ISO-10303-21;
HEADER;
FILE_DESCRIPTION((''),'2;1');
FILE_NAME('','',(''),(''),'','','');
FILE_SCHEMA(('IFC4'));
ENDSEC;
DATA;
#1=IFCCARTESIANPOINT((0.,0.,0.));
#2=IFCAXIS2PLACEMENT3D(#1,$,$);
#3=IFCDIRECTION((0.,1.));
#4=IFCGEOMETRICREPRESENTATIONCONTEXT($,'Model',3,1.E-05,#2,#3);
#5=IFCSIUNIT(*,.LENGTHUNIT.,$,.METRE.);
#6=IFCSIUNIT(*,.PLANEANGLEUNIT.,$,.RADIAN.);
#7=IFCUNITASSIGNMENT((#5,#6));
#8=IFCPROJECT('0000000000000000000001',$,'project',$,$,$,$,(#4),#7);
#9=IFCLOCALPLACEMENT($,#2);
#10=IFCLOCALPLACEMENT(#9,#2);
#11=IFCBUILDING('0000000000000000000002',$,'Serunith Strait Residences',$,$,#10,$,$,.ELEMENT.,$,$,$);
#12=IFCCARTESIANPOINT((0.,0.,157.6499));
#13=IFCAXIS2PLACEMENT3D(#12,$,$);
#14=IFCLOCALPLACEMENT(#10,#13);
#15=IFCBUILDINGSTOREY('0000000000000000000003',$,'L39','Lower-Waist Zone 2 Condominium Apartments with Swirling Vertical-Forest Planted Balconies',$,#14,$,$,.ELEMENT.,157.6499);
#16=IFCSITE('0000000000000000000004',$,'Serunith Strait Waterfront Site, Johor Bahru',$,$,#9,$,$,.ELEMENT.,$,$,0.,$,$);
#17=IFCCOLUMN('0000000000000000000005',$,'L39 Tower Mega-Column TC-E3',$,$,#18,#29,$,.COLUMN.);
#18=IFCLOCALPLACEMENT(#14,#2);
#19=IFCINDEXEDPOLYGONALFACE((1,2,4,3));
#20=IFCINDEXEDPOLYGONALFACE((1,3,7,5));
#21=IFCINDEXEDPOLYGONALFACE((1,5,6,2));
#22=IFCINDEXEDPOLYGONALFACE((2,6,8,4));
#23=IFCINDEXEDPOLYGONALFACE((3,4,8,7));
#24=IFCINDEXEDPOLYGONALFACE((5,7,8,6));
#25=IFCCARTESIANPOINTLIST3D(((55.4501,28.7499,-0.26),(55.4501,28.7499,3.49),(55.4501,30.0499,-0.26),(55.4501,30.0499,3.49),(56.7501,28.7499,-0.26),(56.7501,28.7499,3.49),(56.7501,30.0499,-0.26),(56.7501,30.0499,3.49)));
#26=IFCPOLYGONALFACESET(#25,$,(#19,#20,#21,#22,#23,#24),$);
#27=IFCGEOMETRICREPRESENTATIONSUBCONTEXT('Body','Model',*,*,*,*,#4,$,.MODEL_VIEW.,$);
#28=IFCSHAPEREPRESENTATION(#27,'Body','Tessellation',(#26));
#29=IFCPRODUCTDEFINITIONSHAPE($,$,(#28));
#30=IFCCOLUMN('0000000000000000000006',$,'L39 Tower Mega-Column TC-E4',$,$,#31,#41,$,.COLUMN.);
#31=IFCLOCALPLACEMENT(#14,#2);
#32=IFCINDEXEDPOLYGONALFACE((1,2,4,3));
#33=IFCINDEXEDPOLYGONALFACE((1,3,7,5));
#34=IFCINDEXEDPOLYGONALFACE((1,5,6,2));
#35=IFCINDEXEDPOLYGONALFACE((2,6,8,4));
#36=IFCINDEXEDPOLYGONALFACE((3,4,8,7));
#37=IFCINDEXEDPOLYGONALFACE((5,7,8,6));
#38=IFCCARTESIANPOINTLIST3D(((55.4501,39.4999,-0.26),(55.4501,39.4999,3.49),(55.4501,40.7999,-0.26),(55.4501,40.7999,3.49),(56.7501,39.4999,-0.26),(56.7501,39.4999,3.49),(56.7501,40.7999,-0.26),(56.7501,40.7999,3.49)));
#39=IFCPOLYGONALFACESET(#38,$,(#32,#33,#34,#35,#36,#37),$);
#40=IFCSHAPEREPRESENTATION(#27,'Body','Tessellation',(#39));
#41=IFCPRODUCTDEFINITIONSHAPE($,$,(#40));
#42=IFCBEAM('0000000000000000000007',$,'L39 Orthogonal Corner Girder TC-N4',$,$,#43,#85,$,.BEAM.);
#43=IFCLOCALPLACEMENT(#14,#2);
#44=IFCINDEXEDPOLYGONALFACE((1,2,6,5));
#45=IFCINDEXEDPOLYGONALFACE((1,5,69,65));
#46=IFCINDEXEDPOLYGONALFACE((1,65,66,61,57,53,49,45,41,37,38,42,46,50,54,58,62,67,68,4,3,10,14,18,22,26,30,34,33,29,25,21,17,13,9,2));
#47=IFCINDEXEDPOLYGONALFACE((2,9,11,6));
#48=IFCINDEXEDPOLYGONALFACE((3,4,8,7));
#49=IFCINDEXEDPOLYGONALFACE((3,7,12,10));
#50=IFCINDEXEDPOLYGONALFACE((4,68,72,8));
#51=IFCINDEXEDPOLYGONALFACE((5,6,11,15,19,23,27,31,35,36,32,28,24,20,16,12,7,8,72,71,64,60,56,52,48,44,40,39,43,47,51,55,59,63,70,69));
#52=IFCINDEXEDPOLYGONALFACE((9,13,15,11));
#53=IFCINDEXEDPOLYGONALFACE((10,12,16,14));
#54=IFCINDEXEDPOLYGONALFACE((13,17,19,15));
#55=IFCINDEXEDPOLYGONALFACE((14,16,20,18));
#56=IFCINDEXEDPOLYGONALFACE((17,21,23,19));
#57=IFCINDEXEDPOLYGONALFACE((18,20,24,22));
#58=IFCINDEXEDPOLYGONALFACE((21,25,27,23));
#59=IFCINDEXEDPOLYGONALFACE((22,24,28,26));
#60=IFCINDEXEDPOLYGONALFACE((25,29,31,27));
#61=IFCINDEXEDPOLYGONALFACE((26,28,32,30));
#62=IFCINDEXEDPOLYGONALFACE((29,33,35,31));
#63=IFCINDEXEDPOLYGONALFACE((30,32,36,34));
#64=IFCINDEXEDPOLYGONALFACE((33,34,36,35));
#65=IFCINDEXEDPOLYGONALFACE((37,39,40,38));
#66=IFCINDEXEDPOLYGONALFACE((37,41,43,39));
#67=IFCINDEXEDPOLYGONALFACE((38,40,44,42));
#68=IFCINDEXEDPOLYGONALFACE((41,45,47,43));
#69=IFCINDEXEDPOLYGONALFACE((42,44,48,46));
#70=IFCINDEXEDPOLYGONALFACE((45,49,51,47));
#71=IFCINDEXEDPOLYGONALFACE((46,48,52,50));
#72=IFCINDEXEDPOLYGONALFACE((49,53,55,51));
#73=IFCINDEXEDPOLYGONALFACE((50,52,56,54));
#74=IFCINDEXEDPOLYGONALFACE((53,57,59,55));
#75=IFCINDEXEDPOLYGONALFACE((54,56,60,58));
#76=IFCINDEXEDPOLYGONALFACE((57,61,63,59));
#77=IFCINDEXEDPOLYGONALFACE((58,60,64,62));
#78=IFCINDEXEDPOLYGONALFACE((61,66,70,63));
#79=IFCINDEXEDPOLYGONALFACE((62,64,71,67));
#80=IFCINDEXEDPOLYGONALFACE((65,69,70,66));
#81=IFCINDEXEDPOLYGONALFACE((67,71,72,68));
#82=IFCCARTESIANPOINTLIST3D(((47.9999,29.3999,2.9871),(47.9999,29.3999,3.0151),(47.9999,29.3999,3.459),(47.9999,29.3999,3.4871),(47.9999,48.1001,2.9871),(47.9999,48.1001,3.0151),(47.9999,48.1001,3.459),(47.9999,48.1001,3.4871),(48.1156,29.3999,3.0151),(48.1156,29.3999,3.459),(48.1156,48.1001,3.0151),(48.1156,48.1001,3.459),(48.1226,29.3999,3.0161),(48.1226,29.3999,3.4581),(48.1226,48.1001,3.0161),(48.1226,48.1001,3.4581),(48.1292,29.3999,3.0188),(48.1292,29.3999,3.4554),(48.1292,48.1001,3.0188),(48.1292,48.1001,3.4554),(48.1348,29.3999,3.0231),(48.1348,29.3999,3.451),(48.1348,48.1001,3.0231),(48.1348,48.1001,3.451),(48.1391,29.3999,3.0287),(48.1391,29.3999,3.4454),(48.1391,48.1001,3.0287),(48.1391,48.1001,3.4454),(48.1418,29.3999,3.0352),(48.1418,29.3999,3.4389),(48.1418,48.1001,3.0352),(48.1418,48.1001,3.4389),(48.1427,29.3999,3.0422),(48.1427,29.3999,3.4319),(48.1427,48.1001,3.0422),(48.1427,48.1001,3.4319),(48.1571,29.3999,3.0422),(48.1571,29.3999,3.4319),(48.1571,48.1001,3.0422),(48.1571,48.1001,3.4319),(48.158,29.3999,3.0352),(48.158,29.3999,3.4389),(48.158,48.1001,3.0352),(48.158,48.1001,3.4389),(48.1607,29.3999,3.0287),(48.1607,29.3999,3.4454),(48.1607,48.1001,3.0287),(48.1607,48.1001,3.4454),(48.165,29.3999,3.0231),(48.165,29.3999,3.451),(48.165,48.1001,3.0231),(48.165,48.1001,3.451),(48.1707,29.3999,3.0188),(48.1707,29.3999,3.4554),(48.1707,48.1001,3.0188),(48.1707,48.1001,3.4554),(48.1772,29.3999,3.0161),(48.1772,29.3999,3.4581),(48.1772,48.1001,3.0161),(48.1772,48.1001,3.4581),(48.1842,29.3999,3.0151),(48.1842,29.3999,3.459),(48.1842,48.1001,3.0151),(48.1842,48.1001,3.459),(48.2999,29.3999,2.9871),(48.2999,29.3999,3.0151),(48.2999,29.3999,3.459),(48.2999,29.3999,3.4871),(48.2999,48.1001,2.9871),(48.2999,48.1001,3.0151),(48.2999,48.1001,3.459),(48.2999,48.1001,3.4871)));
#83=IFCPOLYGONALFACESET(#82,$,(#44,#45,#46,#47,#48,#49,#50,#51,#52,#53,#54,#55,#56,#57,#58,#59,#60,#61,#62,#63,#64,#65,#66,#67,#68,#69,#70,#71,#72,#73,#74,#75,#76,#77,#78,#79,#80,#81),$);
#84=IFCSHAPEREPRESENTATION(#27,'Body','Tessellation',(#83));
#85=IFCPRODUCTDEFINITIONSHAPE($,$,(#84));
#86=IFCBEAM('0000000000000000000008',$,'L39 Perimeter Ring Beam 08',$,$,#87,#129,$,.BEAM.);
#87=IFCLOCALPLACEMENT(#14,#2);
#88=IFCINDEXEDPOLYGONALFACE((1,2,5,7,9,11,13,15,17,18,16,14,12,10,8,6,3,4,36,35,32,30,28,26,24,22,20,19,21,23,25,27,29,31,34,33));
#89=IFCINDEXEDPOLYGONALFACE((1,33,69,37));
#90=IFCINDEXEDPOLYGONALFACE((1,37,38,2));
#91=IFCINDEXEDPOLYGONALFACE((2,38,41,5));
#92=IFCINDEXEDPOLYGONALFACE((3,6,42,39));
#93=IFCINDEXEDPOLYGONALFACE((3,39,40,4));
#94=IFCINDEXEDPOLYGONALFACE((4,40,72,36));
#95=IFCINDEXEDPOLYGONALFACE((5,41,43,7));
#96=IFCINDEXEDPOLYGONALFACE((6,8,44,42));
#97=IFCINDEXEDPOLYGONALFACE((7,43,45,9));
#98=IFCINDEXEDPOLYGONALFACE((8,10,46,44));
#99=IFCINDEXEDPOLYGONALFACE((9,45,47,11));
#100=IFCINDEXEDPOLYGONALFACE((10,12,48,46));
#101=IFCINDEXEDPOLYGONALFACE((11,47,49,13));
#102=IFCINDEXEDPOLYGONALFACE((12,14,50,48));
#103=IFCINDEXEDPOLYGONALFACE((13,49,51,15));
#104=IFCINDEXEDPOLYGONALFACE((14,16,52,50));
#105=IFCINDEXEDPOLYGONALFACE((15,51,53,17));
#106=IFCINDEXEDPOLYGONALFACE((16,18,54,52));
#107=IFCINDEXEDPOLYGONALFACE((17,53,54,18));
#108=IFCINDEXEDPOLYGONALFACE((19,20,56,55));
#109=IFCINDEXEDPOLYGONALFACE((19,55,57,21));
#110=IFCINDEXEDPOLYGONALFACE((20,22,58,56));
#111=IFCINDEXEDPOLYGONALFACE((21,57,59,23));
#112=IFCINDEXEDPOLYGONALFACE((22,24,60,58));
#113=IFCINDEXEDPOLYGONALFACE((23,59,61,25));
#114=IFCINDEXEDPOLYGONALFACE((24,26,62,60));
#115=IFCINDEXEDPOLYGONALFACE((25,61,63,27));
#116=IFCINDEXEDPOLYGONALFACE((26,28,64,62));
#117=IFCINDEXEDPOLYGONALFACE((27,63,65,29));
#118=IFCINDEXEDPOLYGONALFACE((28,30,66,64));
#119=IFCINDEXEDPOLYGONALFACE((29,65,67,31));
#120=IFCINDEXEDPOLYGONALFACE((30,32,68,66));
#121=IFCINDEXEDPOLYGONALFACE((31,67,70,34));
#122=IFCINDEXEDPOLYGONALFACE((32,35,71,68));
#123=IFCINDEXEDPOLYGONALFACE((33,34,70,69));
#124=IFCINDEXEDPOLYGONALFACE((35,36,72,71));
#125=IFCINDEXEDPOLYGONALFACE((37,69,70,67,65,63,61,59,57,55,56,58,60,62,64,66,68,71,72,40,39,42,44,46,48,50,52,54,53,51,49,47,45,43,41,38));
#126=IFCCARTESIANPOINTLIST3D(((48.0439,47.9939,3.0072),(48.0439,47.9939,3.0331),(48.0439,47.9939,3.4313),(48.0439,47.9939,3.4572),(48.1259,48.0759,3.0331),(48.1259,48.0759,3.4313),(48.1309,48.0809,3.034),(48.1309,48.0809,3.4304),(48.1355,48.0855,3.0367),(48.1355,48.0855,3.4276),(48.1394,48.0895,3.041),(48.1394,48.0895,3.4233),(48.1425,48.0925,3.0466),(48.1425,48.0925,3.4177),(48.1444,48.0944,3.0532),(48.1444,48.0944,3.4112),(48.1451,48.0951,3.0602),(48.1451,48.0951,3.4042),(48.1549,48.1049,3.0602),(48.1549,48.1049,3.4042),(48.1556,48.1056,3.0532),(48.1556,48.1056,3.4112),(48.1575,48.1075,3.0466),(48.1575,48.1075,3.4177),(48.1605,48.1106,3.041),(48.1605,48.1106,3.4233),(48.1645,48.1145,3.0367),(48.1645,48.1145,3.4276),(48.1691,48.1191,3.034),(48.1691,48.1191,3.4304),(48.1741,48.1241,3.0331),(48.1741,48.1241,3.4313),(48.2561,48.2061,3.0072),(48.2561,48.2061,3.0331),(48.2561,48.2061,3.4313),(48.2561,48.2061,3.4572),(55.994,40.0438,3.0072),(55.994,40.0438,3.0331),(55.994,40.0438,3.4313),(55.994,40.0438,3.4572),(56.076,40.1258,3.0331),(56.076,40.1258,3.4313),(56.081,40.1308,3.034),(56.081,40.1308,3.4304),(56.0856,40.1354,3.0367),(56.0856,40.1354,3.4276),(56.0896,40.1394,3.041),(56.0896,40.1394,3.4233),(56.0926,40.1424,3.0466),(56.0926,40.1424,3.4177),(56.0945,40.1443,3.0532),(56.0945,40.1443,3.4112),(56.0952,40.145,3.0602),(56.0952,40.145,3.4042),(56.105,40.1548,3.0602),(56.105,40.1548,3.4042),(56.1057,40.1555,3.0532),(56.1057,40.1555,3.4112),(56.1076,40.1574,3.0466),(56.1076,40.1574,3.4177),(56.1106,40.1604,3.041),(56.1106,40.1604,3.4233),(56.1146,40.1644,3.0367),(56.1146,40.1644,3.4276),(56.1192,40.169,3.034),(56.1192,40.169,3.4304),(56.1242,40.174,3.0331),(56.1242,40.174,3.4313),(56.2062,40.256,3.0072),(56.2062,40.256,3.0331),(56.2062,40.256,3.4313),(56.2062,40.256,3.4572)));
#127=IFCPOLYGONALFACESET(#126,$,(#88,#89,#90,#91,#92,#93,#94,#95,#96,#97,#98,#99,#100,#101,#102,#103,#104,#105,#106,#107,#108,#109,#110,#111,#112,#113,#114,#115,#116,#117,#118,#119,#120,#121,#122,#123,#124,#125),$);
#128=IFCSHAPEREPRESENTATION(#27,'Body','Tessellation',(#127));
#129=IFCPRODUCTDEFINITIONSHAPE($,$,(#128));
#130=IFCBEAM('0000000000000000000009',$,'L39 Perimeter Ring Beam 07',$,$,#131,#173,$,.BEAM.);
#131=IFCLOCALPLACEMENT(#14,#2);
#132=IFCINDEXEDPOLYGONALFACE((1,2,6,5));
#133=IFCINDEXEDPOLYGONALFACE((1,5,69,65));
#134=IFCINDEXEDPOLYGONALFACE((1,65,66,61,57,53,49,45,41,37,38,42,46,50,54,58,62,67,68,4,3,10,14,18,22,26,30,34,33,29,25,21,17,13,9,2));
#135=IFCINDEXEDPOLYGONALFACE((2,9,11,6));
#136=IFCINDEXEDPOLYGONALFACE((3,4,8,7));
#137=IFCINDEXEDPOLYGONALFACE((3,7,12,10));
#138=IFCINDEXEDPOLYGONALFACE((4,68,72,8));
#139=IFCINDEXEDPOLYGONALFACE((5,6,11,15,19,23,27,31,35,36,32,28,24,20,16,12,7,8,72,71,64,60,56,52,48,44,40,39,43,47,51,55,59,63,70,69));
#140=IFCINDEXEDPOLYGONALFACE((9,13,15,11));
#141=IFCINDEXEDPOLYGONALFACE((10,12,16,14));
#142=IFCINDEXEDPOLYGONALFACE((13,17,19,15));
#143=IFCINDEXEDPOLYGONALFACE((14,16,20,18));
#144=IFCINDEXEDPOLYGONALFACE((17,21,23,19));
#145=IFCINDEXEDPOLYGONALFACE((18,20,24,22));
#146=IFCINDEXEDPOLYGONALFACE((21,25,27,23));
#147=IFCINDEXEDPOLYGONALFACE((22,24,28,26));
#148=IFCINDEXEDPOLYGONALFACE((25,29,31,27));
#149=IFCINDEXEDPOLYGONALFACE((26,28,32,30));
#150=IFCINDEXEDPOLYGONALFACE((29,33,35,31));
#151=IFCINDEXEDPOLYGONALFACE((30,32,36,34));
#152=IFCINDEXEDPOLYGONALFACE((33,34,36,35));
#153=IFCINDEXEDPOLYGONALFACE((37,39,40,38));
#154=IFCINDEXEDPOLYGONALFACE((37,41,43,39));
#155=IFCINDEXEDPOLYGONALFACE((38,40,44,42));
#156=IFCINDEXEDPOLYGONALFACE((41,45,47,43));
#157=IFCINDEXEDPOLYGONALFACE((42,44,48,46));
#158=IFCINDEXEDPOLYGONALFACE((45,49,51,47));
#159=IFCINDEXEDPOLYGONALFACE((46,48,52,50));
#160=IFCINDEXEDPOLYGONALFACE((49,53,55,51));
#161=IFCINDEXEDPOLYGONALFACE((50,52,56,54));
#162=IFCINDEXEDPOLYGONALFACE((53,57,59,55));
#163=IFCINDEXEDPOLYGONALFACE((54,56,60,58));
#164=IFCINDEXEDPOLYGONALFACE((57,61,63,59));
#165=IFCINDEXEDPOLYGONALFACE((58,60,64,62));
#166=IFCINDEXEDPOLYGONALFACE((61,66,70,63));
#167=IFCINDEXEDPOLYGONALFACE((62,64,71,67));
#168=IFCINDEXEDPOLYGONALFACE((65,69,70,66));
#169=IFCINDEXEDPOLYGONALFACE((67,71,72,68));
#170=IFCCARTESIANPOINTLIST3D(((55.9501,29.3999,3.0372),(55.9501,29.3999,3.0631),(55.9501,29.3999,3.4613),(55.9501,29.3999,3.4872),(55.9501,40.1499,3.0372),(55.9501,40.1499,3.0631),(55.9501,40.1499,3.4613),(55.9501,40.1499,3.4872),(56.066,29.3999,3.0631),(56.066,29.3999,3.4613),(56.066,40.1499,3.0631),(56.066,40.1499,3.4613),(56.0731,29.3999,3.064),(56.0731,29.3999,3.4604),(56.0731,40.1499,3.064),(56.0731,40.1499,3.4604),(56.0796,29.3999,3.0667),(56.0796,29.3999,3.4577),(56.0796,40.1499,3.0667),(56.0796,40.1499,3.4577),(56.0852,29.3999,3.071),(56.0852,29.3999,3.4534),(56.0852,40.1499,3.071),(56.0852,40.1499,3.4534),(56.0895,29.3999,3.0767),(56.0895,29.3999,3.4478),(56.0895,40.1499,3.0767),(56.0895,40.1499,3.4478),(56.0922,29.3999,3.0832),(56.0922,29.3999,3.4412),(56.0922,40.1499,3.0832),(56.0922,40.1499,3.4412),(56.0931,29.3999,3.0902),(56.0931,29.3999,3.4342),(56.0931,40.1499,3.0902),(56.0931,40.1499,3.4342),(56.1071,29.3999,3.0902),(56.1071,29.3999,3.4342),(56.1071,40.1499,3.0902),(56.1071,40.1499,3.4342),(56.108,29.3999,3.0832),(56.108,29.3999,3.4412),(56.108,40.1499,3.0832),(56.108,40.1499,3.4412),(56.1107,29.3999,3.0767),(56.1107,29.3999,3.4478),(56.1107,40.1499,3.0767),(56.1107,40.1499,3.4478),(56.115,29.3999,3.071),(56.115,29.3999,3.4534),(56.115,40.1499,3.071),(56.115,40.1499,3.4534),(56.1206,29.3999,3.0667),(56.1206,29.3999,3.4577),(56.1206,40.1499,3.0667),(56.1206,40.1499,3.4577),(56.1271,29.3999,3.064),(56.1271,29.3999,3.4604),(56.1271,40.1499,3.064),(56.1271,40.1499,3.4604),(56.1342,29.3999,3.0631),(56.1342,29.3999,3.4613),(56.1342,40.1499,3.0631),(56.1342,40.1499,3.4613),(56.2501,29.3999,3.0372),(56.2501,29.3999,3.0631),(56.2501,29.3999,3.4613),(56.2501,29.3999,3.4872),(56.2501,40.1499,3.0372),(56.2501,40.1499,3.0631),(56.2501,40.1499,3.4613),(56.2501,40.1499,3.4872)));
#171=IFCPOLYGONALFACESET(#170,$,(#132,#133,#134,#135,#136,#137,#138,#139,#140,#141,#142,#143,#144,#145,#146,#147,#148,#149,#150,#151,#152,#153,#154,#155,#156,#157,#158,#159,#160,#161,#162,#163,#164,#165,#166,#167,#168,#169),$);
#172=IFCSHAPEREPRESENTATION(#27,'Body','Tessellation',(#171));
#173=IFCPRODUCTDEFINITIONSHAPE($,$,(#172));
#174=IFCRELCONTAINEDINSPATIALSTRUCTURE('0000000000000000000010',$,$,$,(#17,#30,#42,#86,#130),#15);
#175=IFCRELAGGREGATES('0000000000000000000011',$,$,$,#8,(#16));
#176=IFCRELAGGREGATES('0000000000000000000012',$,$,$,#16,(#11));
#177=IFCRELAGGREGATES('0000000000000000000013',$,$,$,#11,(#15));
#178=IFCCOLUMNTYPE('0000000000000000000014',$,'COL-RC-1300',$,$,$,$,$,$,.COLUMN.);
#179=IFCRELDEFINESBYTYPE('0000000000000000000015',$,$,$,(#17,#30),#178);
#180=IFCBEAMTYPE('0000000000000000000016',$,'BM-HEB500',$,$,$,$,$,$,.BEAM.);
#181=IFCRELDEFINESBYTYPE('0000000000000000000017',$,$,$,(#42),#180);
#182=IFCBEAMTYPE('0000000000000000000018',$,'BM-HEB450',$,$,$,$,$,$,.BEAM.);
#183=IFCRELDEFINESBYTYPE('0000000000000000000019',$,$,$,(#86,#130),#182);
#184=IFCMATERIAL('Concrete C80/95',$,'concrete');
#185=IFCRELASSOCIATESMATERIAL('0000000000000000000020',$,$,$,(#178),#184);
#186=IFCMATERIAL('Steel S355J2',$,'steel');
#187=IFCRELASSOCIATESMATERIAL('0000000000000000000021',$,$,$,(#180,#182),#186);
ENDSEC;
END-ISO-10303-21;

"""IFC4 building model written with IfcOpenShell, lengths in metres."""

from ifc_helpers import new_model, si_unit, direction, frame, origin, origin_2d, place, context, subcontext, project, spatial, rectangle, i_section, extrude, source, transform, mapped, material, material_profile, profile_set, type_object, element, save


model = new_model("IFC4")

# Units and contexts
model_context = context("Model", 3, precision=1e-05, world=origin(), true_north=direction((0.0, 1.0)))
body_context = subcontext(model_context, "Body", "Model", "MODEL_VIEW")
ifc_project = project(units=[si_unit("LENGTHUNIT", "METRE"), si_unit("PLANEANGLEUNIT", "RADIAN")], contexts=[model_context])

# Site, building, storey
site_placement = place(None, origin())
site = spatial("IfcSite", under=ifc_project, at=site_placement, Name="Serunith Strait Waterfront Site, Johor Bahru", CompositionType="ELEMENT", RefElevation=0.0)
building_placement = place(site_placement, origin())
building = spatial("IfcBuilding", under=site, at=building_placement, Name="Serunith Strait Residences", CompositionType="ELEMENT")
storey_placement = place(building_placement, frame((0.0, 0.0, 157.6499)))
storey = spatial("IfcBuildingStorey", under=building, at=storey_placement, Name="L39", Description="Lower-Waist Zone 2 Condominium Apartments with Swirling Vertical-Forest Planted Balconies", CompositionType="ELEMENT", Elevation=157.6499)

# Columns
ifc_material_1 = material(Name="Concrete C80/95", Category="concrete")
ifc_material_profile_1 = material_profile(ifc_material_1, rectangle(XDim=1.3, YDim=1.3, at=origin_2d()), Name="RC 1300x1300")
ifc_profile_set_1 = profile_set([ifc_material_profile_1], Name="Concrete C80/95")
column_type = type_object("IfcColumnType", Name="COL-RC-1300", PredefinedType="COLUMN", material=ifc_profile_set_1)
shared_shape_1 = source(origin(), body_context, "Body", "SweptSolid", [
    extrude(rectangle(XDim=1.3, YDim=1.3, at=origin_2d()), origin(), (0.0, 0.0, 1.0), 3.75),
])
for number, where, z_axis, x_axis, name in (
    (1, (56.1001, 29.3999, -0.26), (0.0, 0.0, 1.0), (1.0, 0.0, 0.0), "L39 Tower Mega-Column TC-E3"),
    (2, (56.1001, 40.1499, -0.26), (0.0, 0.0, 1.0), (1.0, 0.0, 0.0), "L39 Tower Mega-Column TC-E4"),
):
    element("IfcColumn", number, at=place(storey_placement, frame(where, z_axis=z_axis, x_axis=x_axis)), inside=storey, type_object=column_type, Name=name, PredefinedType="COLUMN", context=body_context, shape_type="MappedRepresentation", body=[
        mapped(shared_shape_1, transform((0.0, 0.0, 0.0), scale=1.0)),
    ])

# Beams
ifc_material_2 = material(Name="Steel S355J2", Category="steel")
ifc_material_profile_2 = material_profile(ifc_material_2, i_section(OverallWidth=0.3, OverallDepth=0.5, WebThickness=0.0144, FlangeThickness=0.0281, FilletRadius=0.0271, at=origin_2d()), Name="HEB 500")
ifc_profile_set_2 = profile_set([ifc_material_profile_2], Name="Steel S355J2")
beam_type_1 = type_object("IfcBeamType", Name="BM-HEB500", PredefinedType="BEAM", material=ifc_profile_set_2)
shared_shape_2 = source(origin(), body_context, "Body", "SweptSolid", [
    extrude(i_section(OverallWidth=0.3, OverallDepth=0.5, WebThickness=0.0144, FlangeThickness=0.0281, FilletRadius=0.0271, at=origin_2d()), origin(), (0.0, 0.0, 1.0), 18.7002),
])
beam_1_placement = place(storey_placement, frame((48.1499, 29.3999, 3.2371), z_axis=(0.0, 1.0, 0.0), x_axis=(-1.0, 0.0, 0.0)))
element("IfcBeam", 3, at=beam_1_placement, inside=storey, type_object=beam_type_1, Name="L39 Orthogonal Corner Girder TC-N4", PredefinedType="BEAM", context=body_context, shape_type="MappedRepresentation", body=[
    mapped(shared_shape_2, transform((0.0, 0.0, 0.0), scale=1.0)),
])
ifc_material_profile_3 = material_profile(ifc_material_2, i_section(OverallWidth=0.3, OverallDepth=0.45, WebThickness=0.0139, FlangeThickness=0.0259, FilletRadius=0.0271, at=origin_2d()), Name="HEB 450")
ifc_profile_set_3 = profile_set([ifc_material_profile_3], Name="Steel S355J2")
beam_type_2 = type_object("IfcBeamType", Name="BM-HEB450", PredefinedType="BEAM", material=ifc_profile_set_3)
shared_shape_3 = source(origin(), body_context, "Body", "SweptSolid", [
    extrude(i_section(OverallWidth=0.3, OverallDepth=0.45, WebThickness=0.0139, FlangeThickness=0.0259, FilletRadius=0.0271, at=origin_2d()), origin(), (0.0, 0.0, 1.0), 11.2432),
])
beam_2_placement = place(storey_placement, frame((56.1001, 40.1499, 3.2322), z_axis=(-0.707107, 0.707107, 0.0), x_axis=(-0.707107, -0.707107, 0.0)))
element("IfcBeam", 4, at=beam_2_placement, inside=storey, type_object=beam_type_2, Name="L39 Perimeter Ring Beam 08", PredefinedType="BEAM", context=body_context, shape_type="MappedRepresentation", body=[
    mapped(shared_shape_3, transform((0.0, 0.0, 0.0), scale=1.0)),
])
shared_shape_4 = source(origin(), body_context, "Body", "SweptSolid", [
    extrude(i_section(OverallWidth=0.3, OverallDepth=0.45, WebThickness=0.0139, FlangeThickness=0.0259, FilletRadius=0.0271, at=origin_2d()), origin(), (0.0, 0.0, 1.0), 10.75),
])
beam_3_placement = place(storey_placement, frame((56.1001, 29.3999, 3.2622), z_axis=(0.0, 1.0, 0.0), x_axis=(-1.0, 0.0, 0.0)))
element("IfcBeam", 5, at=beam_3_placement, inside=storey, type_object=beam_type_2, Name="L39 Perimeter Ring Beam 07", PredefinedType="BEAM", context=body_context, shape_type="MappedRepresentation", body=[
    mapped(shared_shape_4, transform((0.0, 0.0, 0.0), scale=1.0)),
])

save(model, "model.ifc")
